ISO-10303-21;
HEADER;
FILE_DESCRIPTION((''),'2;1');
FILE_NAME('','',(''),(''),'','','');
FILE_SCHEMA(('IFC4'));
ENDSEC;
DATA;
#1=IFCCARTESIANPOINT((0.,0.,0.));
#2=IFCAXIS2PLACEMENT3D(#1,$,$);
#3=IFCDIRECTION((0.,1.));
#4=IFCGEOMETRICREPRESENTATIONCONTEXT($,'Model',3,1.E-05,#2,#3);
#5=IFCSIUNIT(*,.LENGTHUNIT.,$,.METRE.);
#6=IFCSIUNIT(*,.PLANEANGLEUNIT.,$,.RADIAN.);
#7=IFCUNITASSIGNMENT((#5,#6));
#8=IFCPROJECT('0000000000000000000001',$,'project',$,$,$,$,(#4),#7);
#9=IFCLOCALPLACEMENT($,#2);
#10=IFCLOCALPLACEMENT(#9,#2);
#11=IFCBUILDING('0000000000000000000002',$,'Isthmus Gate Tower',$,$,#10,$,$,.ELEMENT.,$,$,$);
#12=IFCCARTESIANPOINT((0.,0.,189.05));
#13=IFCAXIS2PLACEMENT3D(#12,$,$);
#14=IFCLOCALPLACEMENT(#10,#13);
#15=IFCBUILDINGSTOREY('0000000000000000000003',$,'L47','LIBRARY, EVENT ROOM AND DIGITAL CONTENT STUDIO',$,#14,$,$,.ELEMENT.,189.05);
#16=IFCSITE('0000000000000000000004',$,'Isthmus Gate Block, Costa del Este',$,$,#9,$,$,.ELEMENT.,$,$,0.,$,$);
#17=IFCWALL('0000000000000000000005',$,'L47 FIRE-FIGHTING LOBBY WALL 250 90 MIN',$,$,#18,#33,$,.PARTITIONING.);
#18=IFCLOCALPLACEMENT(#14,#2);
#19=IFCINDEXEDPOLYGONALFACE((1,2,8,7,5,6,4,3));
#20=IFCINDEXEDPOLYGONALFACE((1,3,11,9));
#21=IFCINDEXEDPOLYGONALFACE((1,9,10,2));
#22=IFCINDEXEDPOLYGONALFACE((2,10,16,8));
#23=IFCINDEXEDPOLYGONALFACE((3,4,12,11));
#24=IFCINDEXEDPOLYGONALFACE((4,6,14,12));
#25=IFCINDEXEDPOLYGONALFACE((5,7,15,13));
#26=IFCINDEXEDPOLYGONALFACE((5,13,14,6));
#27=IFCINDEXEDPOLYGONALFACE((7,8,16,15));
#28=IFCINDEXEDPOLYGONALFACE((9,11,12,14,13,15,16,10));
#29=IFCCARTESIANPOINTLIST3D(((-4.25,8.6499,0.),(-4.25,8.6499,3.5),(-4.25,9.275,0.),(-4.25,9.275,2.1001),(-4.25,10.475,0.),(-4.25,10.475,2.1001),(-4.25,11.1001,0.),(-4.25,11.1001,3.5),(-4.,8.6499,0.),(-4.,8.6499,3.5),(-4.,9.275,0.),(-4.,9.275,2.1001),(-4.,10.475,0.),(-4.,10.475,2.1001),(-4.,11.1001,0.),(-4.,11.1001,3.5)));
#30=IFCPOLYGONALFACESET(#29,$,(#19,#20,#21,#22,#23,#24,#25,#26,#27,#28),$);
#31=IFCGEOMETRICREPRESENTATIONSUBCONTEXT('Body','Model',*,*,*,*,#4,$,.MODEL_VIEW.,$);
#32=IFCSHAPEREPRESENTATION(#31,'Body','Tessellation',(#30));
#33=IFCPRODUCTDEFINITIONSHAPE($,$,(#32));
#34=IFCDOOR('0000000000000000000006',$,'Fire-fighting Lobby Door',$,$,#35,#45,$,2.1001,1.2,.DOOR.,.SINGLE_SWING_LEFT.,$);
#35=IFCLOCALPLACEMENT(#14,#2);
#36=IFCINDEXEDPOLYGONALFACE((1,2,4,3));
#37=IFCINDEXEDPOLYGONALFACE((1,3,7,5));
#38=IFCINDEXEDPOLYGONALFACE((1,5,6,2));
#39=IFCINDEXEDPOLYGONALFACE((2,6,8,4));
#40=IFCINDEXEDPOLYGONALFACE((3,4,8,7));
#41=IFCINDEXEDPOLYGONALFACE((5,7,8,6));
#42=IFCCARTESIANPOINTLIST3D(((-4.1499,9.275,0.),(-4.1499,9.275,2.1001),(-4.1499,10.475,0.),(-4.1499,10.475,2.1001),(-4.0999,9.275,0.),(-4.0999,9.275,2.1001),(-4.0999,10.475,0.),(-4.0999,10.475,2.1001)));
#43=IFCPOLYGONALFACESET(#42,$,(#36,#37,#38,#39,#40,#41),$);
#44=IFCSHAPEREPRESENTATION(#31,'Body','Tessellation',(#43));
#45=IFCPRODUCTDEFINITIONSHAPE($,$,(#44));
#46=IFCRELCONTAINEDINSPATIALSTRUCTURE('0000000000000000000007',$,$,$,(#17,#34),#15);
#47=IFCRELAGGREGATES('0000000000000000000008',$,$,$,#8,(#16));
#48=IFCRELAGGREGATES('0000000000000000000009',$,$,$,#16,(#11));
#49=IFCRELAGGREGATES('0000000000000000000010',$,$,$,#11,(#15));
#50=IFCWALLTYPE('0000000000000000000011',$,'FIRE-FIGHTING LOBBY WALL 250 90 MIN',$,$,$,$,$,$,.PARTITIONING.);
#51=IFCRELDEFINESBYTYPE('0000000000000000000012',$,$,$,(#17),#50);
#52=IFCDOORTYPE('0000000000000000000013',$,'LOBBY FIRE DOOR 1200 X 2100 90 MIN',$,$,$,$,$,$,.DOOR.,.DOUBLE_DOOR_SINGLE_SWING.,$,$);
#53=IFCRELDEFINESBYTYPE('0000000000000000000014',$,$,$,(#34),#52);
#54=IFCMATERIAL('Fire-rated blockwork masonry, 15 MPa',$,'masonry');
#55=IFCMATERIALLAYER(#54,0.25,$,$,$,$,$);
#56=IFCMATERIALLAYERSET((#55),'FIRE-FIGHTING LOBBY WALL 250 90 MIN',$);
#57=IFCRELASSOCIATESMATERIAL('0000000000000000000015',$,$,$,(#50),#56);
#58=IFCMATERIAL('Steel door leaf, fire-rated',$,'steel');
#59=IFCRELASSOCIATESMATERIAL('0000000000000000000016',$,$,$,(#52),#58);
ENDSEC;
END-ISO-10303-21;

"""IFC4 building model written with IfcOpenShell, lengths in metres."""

from ifc_helpers import new_model, si_unit, direction, frame, frame_2d, origin, place, context, subcontext, project, spatial, rectangle, extrude, material, layer, layer_set, type_object, element, fill, save


model = new_model("IFC4")

# Units and contexts
model_context = context("Model", 3, precision=1e-05, world=origin(), true_north=direction((0.0, 1.0)))
body_context = subcontext(model_context, "Body", "Model", "MODEL_VIEW")
ifc_project = project(units=[si_unit("LENGTHUNIT", "METRE"), si_unit("PLANEANGLEUNIT", "RADIAN")], contexts=[model_context])

# Site, building, storey
site_placement = place(None, origin())
site = spatial("IfcSite", under=ifc_project, at=site_placement, Name="Isthmus Gate Block, Costa del Este", CompositionType="ELEMENT", RefElevation=0.0)
building_placement = place(site_placement, origin())
building = spatial("IfcBuilding", under=site, at=building_placement, Name="Isthmus Gate Tower", CompositionType="ELEMENT")
storey_placement = place(building_placement, frame((0.0, 0.0, 189.05)))
storey = spatial("IfcBuildingStorey", under=building, at=storey_placement, Name="L47", Description="LIBRARY, EVENT ROOM AND DIGITAL CONTENT STUDIO", CompositionType="ELEMENT", Elevation=189.05)

# Wall, opening, door
ifc_material_1 = material(Name="Fire-rated blockwork masonry, 15 MPa", Category="masonry")
ifc_layer_1 = layer(ifc_material_1, 0.25)
ifc_layer_set_1 = layer_set([ifc_layer_1], Name="FIRE-FIGHTING LOBBY WALL 250 90 MIN")
wall_type_1 = type_object("IfcWallType", Name="FIRE-FIGHTING LOBBY WALL 250 90 MIN", PredefinedType="PARTITIONING", material=ifc_layer_set_1)
wall_1_placement = place(storey_placement, frame((-4.125, 8.6499, 0.0), z_axis=(0.0, 0.0, 1.0), x_axis=(0.0, 1.0, 0.0)))
wall_1 = element("IfcWall", 1, at=wall_1_placement, inside=storey, type_object=wall_type_1, Name="L47 FIRE-FIGHTING LOBBY WALL 250 90 MIN", PredefinedType="PARTITIONING", context=body_context, shape_type="SweptSolid", body=[
    extrude(rectangle(XDim=2.4502, YDim=0.25, at=frame_2d((1.2251, 0.0))), origin(), (0.0, 0.0, 1.0), 3.5),
])
opening_1_placement = place(wall_1_placement, frame((0.625, 0.0, 0.0)))
opening_1 = element("IfcOpeningElement", 2, at=opening_1_placement, cuts=wall_1, PredefinedType="OPENING", context=body_context, shape_type="SweptSolid", body=[
    extrude(rectangle(XDim=1.2, YDim=2.1001, at=frame_2d((0.6001, 1.05))), frame((0.0, 0.135, 0.0), z_axis=(0.0, -1.0, 0.0), x_axis=(1.0, 0.0, 0.0)), (0.0, 0.0, 1.0), 0.27),
])
ifc_material_2 = material(Name="Steel door leaf, fire-rated", Category="steel")
door_type_1 = type_object("IfcDoorType", Name="LOBBY FIRE DOOR 1200 X 2100 90 MIN", OperationType="DOUBLE_DOOR_SINGLE_SWING", PredefinedType="DOOR", material=ifc_material_2)
door_1_placement = place(opening_1_placement, origin())
door_1 = element("IfcDoor", 3, at=door_1_placement, inside=storey, type_object=door_type_1, Name="Fire-fighting Lobby Door", OperationType="SINGLE_SWING_LEFT", OverallHeight=2.1001, OverallWidth=1.2, PredefinedType="DOOR", context=body_context, shape_type="SweptSolid", body=[
    extrude(rectangle(XDim=1.2, YDim=2.1001, at=frame_2d((0.6001, 1.05))), frame((0.0, 0.0249, 0.0), z_axis=(0.0, -1.0, 0.0), x_axis=(1.0, 0.0, 0.0)), (0.0, 0.0, 1.0), 0.05),
])
fill(opening_1, door_1)

save(model, "model.ifc")
